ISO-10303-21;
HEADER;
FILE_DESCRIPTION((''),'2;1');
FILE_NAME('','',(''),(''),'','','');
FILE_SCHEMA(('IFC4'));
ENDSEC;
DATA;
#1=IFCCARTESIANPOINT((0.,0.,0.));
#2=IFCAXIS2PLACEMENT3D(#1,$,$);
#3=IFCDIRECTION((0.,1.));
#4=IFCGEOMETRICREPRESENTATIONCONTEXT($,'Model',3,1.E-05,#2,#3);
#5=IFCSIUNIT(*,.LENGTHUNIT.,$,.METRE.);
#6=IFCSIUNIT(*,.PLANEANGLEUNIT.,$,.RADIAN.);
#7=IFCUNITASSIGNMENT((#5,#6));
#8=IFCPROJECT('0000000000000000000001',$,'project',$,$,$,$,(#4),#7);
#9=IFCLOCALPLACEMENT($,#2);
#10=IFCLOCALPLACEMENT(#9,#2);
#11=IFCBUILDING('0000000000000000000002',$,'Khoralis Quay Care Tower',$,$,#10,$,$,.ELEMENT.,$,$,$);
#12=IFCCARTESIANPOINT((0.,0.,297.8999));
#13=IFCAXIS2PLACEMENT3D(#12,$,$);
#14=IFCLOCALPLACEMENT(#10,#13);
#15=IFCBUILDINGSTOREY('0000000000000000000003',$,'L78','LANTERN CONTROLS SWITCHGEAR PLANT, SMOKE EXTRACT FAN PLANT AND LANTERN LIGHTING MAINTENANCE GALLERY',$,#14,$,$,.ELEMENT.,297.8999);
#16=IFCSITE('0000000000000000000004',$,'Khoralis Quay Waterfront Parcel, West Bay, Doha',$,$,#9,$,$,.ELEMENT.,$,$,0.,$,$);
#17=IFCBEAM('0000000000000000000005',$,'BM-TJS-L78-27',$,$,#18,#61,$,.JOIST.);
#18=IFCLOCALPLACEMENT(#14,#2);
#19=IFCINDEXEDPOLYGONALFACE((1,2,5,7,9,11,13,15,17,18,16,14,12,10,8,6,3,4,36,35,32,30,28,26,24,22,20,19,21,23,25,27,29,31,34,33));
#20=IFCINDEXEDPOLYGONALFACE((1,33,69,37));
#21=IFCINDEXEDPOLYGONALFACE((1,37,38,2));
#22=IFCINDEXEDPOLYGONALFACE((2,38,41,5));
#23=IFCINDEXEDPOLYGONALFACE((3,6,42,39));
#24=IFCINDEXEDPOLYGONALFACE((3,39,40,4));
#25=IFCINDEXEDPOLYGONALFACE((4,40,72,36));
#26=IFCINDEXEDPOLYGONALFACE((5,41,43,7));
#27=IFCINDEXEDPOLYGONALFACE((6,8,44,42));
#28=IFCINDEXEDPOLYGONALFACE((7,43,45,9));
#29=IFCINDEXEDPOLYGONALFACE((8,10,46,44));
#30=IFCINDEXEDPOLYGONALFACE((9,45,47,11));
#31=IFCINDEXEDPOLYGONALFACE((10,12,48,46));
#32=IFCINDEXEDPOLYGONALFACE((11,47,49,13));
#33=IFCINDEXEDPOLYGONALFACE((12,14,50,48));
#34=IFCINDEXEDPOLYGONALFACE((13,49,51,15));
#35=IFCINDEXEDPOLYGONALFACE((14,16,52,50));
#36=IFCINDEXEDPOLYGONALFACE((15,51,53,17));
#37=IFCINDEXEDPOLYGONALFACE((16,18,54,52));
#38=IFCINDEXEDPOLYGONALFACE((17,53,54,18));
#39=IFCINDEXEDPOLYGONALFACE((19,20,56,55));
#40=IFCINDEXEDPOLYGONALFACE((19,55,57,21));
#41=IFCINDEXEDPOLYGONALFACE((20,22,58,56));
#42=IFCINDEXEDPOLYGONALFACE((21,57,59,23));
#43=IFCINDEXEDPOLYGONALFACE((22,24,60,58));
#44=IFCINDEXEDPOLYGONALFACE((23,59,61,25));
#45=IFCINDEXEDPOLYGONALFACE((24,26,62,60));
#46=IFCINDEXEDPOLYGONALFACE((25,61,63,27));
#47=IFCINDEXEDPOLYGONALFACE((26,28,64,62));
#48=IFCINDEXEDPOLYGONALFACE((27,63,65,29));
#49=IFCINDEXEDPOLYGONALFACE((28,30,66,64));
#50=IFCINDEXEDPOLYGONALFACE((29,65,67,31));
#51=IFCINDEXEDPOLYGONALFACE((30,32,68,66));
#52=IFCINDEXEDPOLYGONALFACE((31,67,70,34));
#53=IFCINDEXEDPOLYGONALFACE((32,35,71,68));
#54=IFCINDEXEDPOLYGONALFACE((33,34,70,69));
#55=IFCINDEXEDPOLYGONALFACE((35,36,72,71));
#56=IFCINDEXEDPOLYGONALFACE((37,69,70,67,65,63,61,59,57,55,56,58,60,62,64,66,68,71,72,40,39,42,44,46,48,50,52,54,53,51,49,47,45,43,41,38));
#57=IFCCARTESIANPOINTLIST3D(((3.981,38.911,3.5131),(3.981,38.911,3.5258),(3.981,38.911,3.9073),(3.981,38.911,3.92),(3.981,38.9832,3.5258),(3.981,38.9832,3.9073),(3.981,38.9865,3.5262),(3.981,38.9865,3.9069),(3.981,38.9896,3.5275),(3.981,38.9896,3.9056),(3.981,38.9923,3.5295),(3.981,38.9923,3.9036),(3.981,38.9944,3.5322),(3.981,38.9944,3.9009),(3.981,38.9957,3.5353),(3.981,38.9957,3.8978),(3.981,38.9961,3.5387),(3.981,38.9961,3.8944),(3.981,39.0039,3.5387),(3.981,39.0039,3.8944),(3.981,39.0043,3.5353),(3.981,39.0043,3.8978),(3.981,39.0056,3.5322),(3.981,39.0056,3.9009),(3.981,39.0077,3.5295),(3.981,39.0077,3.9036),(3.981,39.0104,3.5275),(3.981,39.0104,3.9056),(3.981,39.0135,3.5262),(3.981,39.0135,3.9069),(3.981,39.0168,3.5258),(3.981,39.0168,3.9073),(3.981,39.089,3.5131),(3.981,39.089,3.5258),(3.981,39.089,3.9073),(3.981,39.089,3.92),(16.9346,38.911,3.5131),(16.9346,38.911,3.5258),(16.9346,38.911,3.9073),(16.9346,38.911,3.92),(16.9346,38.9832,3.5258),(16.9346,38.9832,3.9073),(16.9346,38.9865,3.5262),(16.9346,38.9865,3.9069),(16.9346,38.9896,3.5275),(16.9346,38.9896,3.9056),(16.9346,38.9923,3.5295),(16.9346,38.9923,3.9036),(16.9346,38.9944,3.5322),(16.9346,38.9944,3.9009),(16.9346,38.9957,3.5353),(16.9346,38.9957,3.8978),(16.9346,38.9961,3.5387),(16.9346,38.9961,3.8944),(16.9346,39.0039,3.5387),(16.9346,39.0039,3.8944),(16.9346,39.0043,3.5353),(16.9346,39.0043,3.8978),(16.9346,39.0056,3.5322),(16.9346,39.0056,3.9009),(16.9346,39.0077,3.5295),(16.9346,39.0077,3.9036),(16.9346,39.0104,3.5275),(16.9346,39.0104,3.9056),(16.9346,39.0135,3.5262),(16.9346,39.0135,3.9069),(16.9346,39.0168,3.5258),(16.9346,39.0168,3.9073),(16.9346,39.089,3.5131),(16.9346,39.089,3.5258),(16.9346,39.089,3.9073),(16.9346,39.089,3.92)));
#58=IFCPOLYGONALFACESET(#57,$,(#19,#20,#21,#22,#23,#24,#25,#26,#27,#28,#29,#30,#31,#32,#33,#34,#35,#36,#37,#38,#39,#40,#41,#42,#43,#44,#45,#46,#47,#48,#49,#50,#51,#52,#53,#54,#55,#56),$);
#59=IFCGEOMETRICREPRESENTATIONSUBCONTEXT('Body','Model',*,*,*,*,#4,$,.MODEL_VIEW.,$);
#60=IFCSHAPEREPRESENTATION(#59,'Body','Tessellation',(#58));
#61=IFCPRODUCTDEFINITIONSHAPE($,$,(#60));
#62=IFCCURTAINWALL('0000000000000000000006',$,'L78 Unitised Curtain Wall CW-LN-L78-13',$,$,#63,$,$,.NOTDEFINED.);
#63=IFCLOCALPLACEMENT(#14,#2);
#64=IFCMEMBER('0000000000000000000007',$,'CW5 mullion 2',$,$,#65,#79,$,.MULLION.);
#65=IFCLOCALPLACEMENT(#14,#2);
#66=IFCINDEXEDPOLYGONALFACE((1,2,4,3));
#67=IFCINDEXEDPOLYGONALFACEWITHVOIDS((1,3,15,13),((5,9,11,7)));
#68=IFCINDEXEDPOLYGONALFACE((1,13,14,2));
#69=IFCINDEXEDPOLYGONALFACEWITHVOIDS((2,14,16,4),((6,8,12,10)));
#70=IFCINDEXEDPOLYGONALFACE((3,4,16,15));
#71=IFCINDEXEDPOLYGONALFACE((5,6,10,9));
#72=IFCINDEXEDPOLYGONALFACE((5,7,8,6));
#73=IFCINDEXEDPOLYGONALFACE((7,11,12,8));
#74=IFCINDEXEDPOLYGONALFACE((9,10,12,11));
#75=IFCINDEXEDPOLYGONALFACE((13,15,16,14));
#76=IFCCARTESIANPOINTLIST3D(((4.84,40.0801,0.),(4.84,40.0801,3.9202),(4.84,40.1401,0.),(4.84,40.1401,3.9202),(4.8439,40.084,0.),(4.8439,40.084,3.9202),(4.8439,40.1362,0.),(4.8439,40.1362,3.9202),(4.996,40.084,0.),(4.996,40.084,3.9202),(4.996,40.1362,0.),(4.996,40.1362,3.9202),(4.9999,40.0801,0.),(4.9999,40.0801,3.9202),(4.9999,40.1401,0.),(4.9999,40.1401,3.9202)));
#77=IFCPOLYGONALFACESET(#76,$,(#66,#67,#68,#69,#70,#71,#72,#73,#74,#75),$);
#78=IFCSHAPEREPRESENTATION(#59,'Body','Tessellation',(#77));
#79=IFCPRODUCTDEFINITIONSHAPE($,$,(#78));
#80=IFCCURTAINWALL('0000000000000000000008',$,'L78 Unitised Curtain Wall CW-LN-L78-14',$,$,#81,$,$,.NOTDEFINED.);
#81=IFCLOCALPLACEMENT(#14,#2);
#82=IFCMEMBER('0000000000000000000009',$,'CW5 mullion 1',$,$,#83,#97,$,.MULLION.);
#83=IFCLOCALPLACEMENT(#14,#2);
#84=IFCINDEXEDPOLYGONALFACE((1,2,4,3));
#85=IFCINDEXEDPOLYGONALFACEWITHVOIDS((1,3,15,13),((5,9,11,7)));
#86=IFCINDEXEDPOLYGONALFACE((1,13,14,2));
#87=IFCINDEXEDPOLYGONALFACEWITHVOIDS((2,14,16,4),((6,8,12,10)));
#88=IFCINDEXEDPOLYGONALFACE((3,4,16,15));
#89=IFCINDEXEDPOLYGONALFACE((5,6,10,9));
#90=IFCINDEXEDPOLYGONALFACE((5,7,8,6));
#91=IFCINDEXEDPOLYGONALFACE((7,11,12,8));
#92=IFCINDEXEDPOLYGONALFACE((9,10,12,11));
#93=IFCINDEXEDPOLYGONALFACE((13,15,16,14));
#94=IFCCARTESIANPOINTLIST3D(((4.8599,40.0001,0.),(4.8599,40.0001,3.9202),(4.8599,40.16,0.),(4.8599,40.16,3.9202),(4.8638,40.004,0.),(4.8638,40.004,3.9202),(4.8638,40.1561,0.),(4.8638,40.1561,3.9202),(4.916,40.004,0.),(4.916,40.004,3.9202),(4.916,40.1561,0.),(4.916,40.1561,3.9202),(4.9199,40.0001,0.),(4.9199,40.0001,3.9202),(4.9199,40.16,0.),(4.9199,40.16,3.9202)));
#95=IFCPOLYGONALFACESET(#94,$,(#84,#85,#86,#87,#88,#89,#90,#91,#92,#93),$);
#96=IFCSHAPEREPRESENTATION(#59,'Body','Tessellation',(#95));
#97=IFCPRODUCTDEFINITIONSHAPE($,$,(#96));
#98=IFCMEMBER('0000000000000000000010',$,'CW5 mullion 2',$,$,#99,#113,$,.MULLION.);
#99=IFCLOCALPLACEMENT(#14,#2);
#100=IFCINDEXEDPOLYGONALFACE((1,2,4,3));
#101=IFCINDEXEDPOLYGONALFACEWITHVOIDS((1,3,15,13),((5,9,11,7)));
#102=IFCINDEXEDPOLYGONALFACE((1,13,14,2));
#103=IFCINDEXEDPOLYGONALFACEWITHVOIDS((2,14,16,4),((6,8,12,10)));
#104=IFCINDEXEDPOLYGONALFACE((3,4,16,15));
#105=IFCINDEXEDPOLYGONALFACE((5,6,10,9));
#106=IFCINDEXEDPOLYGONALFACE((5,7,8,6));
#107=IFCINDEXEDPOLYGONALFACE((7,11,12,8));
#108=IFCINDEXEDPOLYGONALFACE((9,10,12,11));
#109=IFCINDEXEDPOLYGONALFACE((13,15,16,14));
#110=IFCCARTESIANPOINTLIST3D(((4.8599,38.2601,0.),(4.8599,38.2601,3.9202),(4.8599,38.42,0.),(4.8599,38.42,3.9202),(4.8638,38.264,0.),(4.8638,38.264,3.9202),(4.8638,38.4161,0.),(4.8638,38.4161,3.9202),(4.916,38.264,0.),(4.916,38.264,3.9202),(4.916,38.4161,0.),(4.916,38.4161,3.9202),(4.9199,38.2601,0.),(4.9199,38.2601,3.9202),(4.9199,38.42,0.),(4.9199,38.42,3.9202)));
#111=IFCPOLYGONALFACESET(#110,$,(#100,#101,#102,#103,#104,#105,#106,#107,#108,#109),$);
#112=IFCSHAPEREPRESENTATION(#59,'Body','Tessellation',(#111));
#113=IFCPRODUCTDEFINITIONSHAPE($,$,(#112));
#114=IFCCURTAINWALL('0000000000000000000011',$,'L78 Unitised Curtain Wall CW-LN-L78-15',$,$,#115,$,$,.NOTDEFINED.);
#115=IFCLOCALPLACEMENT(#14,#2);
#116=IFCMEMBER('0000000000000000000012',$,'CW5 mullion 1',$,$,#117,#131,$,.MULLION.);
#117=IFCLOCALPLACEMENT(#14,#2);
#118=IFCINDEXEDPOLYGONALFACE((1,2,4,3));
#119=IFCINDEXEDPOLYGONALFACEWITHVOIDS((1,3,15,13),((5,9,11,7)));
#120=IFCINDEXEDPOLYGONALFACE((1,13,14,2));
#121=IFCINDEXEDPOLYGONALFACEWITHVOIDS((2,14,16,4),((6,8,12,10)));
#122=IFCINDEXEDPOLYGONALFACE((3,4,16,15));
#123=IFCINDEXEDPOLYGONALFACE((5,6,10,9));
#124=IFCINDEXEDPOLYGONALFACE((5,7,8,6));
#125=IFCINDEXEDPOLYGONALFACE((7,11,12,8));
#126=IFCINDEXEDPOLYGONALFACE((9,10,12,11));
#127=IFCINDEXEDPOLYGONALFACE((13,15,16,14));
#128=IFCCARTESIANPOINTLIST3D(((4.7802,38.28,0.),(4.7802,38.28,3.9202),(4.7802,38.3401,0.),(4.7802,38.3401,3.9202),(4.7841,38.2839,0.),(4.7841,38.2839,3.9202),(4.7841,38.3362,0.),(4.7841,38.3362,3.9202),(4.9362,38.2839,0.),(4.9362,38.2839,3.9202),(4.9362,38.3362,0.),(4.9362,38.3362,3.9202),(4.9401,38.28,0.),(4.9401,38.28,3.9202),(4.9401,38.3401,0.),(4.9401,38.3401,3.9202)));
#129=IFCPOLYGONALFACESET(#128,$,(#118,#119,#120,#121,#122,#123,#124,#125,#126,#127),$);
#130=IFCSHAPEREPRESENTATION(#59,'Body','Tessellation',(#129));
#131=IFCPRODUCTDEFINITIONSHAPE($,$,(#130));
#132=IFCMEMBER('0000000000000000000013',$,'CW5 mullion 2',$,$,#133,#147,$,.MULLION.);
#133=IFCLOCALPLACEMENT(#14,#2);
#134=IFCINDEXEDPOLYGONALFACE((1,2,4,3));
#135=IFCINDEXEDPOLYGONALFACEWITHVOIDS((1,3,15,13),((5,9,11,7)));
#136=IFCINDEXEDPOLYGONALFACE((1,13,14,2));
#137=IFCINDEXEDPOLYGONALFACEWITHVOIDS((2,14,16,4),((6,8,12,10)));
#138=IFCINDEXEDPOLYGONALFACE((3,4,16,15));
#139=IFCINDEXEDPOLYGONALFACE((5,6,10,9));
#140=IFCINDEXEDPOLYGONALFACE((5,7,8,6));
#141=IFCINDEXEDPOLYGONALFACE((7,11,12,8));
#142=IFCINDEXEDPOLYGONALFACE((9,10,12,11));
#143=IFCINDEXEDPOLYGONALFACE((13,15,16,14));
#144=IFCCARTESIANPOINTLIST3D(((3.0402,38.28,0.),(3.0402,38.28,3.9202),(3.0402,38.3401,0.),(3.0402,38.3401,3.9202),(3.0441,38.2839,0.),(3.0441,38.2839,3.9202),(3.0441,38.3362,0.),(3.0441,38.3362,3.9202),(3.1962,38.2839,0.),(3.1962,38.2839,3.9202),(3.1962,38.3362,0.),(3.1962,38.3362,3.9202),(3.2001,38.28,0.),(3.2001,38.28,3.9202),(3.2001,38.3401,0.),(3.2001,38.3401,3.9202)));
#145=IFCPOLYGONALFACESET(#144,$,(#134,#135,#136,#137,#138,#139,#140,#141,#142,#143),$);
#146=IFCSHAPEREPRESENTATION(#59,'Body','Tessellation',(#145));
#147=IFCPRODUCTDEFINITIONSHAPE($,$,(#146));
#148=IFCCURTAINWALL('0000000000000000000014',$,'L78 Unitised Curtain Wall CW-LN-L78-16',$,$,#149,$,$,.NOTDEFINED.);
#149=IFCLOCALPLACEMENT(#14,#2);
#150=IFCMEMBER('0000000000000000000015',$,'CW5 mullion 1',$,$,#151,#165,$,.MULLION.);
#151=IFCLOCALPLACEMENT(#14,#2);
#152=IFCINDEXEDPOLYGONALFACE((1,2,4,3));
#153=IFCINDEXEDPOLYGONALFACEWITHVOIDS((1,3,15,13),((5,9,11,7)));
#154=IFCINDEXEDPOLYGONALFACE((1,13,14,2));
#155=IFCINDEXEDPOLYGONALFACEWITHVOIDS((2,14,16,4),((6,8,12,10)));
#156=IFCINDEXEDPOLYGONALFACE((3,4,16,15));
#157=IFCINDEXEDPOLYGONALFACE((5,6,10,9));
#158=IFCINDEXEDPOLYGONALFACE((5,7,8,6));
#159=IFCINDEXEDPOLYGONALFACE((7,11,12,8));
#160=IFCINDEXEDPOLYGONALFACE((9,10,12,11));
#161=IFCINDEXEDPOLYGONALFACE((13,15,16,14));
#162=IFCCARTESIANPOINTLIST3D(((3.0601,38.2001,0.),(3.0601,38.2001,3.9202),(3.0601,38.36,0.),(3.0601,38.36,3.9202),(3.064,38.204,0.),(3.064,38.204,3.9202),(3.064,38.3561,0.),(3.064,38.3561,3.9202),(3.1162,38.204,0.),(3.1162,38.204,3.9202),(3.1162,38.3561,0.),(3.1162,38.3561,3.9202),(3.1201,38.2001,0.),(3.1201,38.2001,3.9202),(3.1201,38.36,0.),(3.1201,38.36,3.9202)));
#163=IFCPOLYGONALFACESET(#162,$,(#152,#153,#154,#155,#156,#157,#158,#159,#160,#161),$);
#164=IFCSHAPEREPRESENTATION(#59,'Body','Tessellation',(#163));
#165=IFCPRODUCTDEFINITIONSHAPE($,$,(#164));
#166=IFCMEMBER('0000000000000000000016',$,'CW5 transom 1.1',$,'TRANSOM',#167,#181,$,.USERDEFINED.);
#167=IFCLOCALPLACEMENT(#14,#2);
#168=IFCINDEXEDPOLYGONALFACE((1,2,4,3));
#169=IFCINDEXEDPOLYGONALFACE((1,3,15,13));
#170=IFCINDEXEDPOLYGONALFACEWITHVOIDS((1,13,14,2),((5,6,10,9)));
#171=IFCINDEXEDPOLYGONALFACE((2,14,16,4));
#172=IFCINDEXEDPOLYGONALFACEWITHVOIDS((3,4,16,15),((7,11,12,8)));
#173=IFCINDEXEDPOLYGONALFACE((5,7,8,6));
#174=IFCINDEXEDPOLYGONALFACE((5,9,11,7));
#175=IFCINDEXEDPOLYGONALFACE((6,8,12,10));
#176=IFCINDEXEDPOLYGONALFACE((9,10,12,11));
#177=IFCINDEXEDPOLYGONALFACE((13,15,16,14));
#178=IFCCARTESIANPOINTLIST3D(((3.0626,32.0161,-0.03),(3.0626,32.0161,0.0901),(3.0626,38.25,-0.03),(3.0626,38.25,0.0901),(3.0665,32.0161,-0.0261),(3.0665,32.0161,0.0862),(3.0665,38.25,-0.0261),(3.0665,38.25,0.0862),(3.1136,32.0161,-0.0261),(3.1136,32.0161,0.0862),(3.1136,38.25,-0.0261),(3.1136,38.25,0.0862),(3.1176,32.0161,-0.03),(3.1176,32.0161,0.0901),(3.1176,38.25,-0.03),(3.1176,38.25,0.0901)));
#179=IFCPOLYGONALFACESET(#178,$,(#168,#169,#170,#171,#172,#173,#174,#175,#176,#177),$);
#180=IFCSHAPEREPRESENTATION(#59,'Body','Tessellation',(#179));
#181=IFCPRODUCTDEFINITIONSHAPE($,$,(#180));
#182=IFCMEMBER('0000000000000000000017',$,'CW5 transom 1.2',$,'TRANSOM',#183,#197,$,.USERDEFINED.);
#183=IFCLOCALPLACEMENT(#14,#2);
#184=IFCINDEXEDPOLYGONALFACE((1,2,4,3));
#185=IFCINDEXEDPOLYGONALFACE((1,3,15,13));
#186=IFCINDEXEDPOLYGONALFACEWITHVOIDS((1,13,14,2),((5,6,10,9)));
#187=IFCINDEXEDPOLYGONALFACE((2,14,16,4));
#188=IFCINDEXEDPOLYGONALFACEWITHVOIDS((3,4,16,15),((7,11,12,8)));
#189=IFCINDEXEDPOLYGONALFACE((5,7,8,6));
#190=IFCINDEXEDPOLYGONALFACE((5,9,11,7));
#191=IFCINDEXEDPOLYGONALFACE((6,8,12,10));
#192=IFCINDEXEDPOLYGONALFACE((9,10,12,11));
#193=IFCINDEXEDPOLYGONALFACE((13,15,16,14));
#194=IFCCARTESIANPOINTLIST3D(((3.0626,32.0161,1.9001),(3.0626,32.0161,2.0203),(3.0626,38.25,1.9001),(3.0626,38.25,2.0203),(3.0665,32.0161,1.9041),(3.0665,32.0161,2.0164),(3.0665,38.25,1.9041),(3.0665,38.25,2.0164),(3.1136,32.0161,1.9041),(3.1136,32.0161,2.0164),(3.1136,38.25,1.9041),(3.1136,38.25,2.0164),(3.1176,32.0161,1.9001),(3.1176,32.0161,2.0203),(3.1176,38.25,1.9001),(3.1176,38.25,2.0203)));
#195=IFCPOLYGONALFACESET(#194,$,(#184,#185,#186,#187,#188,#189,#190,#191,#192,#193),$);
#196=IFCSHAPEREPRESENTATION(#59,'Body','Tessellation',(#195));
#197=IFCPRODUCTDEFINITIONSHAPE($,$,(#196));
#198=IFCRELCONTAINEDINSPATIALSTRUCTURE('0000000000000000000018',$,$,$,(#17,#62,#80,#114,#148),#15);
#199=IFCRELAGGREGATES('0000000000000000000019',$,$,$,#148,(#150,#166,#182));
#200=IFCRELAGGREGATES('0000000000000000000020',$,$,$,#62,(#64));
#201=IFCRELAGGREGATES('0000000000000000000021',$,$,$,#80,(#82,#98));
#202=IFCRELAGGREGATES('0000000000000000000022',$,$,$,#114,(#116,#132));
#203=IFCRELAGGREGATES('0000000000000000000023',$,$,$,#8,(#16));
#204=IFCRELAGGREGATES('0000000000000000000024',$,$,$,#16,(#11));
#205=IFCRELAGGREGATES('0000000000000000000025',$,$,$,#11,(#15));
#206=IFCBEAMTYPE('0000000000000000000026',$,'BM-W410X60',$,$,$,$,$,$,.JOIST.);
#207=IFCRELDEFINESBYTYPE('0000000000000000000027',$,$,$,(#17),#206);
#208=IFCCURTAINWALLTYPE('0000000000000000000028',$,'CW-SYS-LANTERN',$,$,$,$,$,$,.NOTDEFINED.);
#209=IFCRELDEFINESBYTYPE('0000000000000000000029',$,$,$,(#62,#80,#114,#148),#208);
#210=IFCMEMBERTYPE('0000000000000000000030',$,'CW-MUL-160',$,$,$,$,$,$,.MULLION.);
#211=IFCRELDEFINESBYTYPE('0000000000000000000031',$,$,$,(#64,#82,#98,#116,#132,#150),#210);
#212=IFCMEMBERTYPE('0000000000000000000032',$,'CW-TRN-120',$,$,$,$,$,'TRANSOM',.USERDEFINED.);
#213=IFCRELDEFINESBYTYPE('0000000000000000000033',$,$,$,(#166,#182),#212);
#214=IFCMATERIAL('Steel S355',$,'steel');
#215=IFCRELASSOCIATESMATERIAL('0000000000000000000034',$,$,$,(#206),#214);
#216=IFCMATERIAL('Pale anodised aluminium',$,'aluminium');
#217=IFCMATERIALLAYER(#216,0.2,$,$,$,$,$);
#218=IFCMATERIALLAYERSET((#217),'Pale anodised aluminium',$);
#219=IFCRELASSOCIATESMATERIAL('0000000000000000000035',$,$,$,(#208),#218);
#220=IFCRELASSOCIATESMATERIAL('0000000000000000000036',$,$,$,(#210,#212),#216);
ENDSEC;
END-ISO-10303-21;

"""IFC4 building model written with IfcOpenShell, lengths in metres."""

from ifc_helpers import new_model, si_unit, direction, frame, origin, origin_2d, place, context, subcontext, project, spatial, hollow_rectangle, i_section, extrude, source, transform, mapped, material, layer, layer_set, material_profile, profile_set, type_object, element, aggregate, save


model = new_model("IFC4")

# Units and contexts
model_context = context("Model", 3, precision=1e-05, world=origin(), true_north=direction((0.0, 1.0)))
body_context = subcontext(model_context, "Body", "Model", "MODEL_VIEW")
ifc_project = project(units=[si_unit("LENGTHUNIT", "METRE"), si_unit("PLANEANGLEUNIT", "RADIAN")], contexts=[model_context])

# Site, building, storey
site_placement = place(None, origin())
site = spatial("IfcSite", under=ifc_project, at=site_placement, Name="Khoralis Quay Waterfront Parcel, West Bay, Doha", CompositionType="ELEMENT", RefElevation=0.0)
building_placement = place(site_placement, origin())
building = spatial("IfcBuilding", under=site, at=building_placement, Name="Khoralis Quay Care Tower", CompositionType="ELEMENT")
storey_placement = place(building_placement, frame((0.0, 0.0, 297.8999)))
storey = spatial("IfcBuildingStorey", under=building, at=storey_placement, Name="L78", Description="LANTERN CONTROLS SWITCHGEAR PLANT, SMOKE EXTRACT FAN PLANT AND LANTERN LIGHTING MAINTENANCE GALLERY", CompositionType="ELEMENT", Elevation=297.8999)

# Beam
ifc_material_1 = material(Name="Steel S355", Category="steel")
ifc_material_profile_1 = material_profile(ifc_material_1, i_section(OverallWidth=0.178, OverallDepth=0.407, WebThickness=0.0078, FlangeThickness=0.0127, FilletRadius=0.0129, at=origin_2d()), Name="Steel S355")
ifc_profile_set_1 = profile_set([ifc_material_profile_1], Name="Steel S355")
beam_type = type_object("IfcBeamType", Name="BM-W410X60", PredefinedType="JOIST", material=ifc_profile_set_1)
shared_shape_1 = source(origin(), body_context, "Body", "SweptSolid", [
    extrude(i_section(OverallWidth=0.178, OverallDepth=0.407, WebThickness=0.0078, FlangeThickness=0.0127, FilletRadius=0.0129, at=origin_2d()), origin(), (0.0, 0.0, 1.0), 12.9536),
])
beam_placement = place(storey_placement, frame((3.981, 39.0, 3.7166), z_axis=(1.0, 0.0, 0.0), x_axis=(0.0, 1.0, 0.0)))
element("IfcBeam", 1, at=beam_placement, inside=storey, type_object=beam_type, Name="BM-TJS-L78-27", PredefinedType="JOIST", context=body_context, shape_type="MappedRepresentation", body=[
    mapped(shared_shape_1, transform((0.0, 0.0, 0.0), scale=1.0)),
])

# Curtain wall, member
ifc_material_2 = material(Name="Pale anodised aluminium", Category="aluminium")
ifc_layer_1 = layer(ifc_material_2, 0.2)
ifc_layer_set_1 = layer_set([ifc_layer_1], Name="Pale anodised aluminium")
curtain_wall_type = type_object("IfcCurtainWallType", Name="CW-SYS-LANTERN", PredefinedType="NOTDEFINED", material=ifc_layer_set_1)
curtain_wall_1_placement = place(storey_placement, origin())
curtain_wall_1 = element("IfcCurtainWall", 2, at=curtain_wall_1_placement, inside=storey, type_object=curtain_wall_type, Name="L78 Unitised Curtain Wall CW-LN-L78-13", PredefinedType="NOTDEFINED")
ifc_material_profile_2 = material_profile(ifc_material_2, hollow_rectangle(XDim=0.0601, YDim=0.1599, WallThickness=0.0039, at=origin_2d()), Name="Pale anodised aluminium")
ifc_profile_set_2 = profile_set([ifc_material_profile_2], Name="Pale anodised aluminium")
member_type_1 = type_object("IfcMemberType", Name="CW-MUL-160", PredefinedType="MULLION", material=ifc_profile_set_2)
shared_shape_2 = source(origin(), body_context, "Body", "SweptSolid", [
    extrude(hollow_rectangle(XDim=0.0601, YDim=0.1599, WallThickness=0.0039, at=origin_2d()), origin(), (0.0, 0.0, 1.0), 3.9202),
])
member_1_placement = place(storey_placement, frame((4.9199, 40.1101, 0.0), z_axis=(0.0, 0.0, 1.0), x_axis=(0.0, -1.0, 0.0)))
member_1 = element("IfcMember", 3, at=member_1_placement, type_object=member_type_1, Name="CW5 mullion 2", PredefinedType="MULLION", context=body_context, shape_type="MappedRepresentation", body=[
    mapped(shared_shape_2, transform((0.0, 0.0, 0.0), scale=1.0)),
])

# Curtain walls, members
curtain_wall_2_placement = place(storey_placement, origin())
curtain_wall_2 = element("IfcCurtainWall", 4, at=curtain_wall_2_placement, inside=storey, type_object=curtain_wall_type, Name="L78 Unitised Curtain Wall CW-LN-L78-14", PredefinedType="NOTDEFINED")
member_2_placement = place(storey_placement, frame((4.8899, 40.0801, 0.0), z_axis=(0.0, 0.0, 1.0), x_axis=(1.0, 0.0, 0.0)))
member_2 = element("IfcMember", 5, at=member_2_placement, type_object=member_type_1, Name="CW5 mullion 1", PredefinedType="MULLION", context=body_context, shape_type="MappedRepresentation", body=[
    mapped(shared_shape_2, transform((0.0, 0.0, 0.0), scale=1.0)),
])
member_3_placement = place(storey_placement, frame((4.8899, 38.3401, 0.0), z_axis=(0.0, 0.0, 1.0), x_axis=(1.0, 0.0, 0.0)))
member_3 = element("IfcMember", 6, at=member_3_placement, type_object=member_type_1, Name="CW5 mullion 2", PredefinedType="MULLION", context=body_context, shape_type="MappedRepresentation", body=[
    mapped(shared_shape_2, transform((0.0, 0.0, 0.0), scale=1.0)),
])
curtain_wall_3_placement = place(storey_placement, origin())
curtain_wall_3 = element("IfcCurtainWall", 7, at=curtain_wall_3_placement, inside=storey, type_object=curtain_wall_type, Name="L78 Unitised Curtain Wall CW-LN-L78-15", PredefinedType="NOTDEFINED")
member_4_placement = place(storey_placement, frame((4.8601, 38.3101, 0.0), z_axis=(0.0, 0.0, 1.0), x_axis=(0.0, -1.0, 0.0)))
member_4 = element("IfcMember", 8, at=member_4_placement, type_object=member_type_1, Name="CW5 mullion 1", PredefinedType="MULLION", context=body_context, shape_type="MappedRepresentation", body=[
    mapped(shared_shape_2, transform((0.0, 0.0, 0.0), scale=1.0)),
])
member_5_placement = place(storey_placement, frame((3.1201, 38.3101, 0.0), z_axis=(0.0, 0.0, 1.0), x_axis=(0.0, -1.0, 0.0)))
member_5 = element("IfcMember", 9, at=member_5_placement, type_object=member_type_1, Name="CW5 mullion 2", PredefinedType="MULLION", context=body_context, shape_type="MappedRepresentation", body=[
    mapped(shared_shape_2, transform((0.0, 0.0, 0.0), scale=1.0)),
])
curtain_wall_4_placement = place(storey_placement, origin())
curtain_wall_4 = element("IfcCurtainWall", 10, at=curtain_wall_4_placement, inside=storey, type_object=curtain_wall_type, Name="L78 Unitised Curtain Wall CW-LN-L78-16", PredefinedType="NOTDEFINED")
member_6_placement = place(storey_placement, frame((3.0901, 38.28, 0.0), z_axis=(0.0, 0.0, 1.0), x_axis=(1.0, 0.0, 0.0)))
member_6 = element("IfcMember", 11, at=member_6_placement, type_object=member_type_1, Name="CW5 mullion 1", PredefinedType="MULLION", context=body_context, shape_type="MappedRepresentation", body=[
    mapped(shared_shape_2, transform((0.0, 0.0, 0.0), scale=1.0)),
])
ifc_material_profile_3 = material_profile(ifc_material_2, hollow_rectangle(XDim=0.0549, YDim=0.1201, WallThickness=0.0039, at=origin_2d()), Name="Pale anodised aluminium")
ifc_profile_set_3 = profile_set([ifc_material_profile_3], Name="Pale anodised aluminium")
member_type_2 = type_object("IfcMemberType", Name="CW-TRN-120", ElementType="TRANSOM", PredefinedType="USERDEFINED", material=ifc_profile_set_3)
shared_shape_3 = source(origin(), body_context, "Body", "SweptSolid", [
    extrude(hollow_rectangle(XDim=0.0549, YDim=0.1201, WallThickness=0.0039, at=origin_2d()), origin(), (0.0, 0.0, 1.0), 6.2339),
])
member_7_placement = place(storey_placement, frame((3.0901, 38.25, 0.03), z_axis=(0.0, -1.0, 0.0), x_axis=(1.0, 0.0, 0.0)))
member_7 = element("IfcMember", 12, at=member_7_placement, type_object=member_type_2, Name="CW5 transom 1.1", ObjectType="TRANSOM", PredefinedType="USERDEFINED", context=body_context, shape_type="MappedRepresentation", body=[
    mapped(shared_shape_3, transform((0.0, 0.0, 0.0), scale=1.0)),
])
member_8_placement = place(storey_placement, frame((3.0901, 38.25, 1.9602), z_axis=(0.0, -1.0, 0.0), x_axis=(1.0, 0.0, 0.0)))
member_8 = element("IfcMember", 13, at=member_8_placement, type_object=member_type_2, Name="CW5 transom 1.2", ObjectType="TRANSOM", PredefinedType="USERDEFINED", context=body_context, shape_type="MappedRepresentation", body=[
    mapped(shared_shape_3, transform((0.0, 0.0, 0.0), scale=1.0)),
])
aggregate(curtain_wall_4, [member_6, member_7, member_8])

aggregate(curtain_wall_1, [member_1])
aggregate(curtain_wall_2, [member_2, member_3])
aggregate(curtain_wall_3, [member_4, member_5])

save(model, "model.ifc")
